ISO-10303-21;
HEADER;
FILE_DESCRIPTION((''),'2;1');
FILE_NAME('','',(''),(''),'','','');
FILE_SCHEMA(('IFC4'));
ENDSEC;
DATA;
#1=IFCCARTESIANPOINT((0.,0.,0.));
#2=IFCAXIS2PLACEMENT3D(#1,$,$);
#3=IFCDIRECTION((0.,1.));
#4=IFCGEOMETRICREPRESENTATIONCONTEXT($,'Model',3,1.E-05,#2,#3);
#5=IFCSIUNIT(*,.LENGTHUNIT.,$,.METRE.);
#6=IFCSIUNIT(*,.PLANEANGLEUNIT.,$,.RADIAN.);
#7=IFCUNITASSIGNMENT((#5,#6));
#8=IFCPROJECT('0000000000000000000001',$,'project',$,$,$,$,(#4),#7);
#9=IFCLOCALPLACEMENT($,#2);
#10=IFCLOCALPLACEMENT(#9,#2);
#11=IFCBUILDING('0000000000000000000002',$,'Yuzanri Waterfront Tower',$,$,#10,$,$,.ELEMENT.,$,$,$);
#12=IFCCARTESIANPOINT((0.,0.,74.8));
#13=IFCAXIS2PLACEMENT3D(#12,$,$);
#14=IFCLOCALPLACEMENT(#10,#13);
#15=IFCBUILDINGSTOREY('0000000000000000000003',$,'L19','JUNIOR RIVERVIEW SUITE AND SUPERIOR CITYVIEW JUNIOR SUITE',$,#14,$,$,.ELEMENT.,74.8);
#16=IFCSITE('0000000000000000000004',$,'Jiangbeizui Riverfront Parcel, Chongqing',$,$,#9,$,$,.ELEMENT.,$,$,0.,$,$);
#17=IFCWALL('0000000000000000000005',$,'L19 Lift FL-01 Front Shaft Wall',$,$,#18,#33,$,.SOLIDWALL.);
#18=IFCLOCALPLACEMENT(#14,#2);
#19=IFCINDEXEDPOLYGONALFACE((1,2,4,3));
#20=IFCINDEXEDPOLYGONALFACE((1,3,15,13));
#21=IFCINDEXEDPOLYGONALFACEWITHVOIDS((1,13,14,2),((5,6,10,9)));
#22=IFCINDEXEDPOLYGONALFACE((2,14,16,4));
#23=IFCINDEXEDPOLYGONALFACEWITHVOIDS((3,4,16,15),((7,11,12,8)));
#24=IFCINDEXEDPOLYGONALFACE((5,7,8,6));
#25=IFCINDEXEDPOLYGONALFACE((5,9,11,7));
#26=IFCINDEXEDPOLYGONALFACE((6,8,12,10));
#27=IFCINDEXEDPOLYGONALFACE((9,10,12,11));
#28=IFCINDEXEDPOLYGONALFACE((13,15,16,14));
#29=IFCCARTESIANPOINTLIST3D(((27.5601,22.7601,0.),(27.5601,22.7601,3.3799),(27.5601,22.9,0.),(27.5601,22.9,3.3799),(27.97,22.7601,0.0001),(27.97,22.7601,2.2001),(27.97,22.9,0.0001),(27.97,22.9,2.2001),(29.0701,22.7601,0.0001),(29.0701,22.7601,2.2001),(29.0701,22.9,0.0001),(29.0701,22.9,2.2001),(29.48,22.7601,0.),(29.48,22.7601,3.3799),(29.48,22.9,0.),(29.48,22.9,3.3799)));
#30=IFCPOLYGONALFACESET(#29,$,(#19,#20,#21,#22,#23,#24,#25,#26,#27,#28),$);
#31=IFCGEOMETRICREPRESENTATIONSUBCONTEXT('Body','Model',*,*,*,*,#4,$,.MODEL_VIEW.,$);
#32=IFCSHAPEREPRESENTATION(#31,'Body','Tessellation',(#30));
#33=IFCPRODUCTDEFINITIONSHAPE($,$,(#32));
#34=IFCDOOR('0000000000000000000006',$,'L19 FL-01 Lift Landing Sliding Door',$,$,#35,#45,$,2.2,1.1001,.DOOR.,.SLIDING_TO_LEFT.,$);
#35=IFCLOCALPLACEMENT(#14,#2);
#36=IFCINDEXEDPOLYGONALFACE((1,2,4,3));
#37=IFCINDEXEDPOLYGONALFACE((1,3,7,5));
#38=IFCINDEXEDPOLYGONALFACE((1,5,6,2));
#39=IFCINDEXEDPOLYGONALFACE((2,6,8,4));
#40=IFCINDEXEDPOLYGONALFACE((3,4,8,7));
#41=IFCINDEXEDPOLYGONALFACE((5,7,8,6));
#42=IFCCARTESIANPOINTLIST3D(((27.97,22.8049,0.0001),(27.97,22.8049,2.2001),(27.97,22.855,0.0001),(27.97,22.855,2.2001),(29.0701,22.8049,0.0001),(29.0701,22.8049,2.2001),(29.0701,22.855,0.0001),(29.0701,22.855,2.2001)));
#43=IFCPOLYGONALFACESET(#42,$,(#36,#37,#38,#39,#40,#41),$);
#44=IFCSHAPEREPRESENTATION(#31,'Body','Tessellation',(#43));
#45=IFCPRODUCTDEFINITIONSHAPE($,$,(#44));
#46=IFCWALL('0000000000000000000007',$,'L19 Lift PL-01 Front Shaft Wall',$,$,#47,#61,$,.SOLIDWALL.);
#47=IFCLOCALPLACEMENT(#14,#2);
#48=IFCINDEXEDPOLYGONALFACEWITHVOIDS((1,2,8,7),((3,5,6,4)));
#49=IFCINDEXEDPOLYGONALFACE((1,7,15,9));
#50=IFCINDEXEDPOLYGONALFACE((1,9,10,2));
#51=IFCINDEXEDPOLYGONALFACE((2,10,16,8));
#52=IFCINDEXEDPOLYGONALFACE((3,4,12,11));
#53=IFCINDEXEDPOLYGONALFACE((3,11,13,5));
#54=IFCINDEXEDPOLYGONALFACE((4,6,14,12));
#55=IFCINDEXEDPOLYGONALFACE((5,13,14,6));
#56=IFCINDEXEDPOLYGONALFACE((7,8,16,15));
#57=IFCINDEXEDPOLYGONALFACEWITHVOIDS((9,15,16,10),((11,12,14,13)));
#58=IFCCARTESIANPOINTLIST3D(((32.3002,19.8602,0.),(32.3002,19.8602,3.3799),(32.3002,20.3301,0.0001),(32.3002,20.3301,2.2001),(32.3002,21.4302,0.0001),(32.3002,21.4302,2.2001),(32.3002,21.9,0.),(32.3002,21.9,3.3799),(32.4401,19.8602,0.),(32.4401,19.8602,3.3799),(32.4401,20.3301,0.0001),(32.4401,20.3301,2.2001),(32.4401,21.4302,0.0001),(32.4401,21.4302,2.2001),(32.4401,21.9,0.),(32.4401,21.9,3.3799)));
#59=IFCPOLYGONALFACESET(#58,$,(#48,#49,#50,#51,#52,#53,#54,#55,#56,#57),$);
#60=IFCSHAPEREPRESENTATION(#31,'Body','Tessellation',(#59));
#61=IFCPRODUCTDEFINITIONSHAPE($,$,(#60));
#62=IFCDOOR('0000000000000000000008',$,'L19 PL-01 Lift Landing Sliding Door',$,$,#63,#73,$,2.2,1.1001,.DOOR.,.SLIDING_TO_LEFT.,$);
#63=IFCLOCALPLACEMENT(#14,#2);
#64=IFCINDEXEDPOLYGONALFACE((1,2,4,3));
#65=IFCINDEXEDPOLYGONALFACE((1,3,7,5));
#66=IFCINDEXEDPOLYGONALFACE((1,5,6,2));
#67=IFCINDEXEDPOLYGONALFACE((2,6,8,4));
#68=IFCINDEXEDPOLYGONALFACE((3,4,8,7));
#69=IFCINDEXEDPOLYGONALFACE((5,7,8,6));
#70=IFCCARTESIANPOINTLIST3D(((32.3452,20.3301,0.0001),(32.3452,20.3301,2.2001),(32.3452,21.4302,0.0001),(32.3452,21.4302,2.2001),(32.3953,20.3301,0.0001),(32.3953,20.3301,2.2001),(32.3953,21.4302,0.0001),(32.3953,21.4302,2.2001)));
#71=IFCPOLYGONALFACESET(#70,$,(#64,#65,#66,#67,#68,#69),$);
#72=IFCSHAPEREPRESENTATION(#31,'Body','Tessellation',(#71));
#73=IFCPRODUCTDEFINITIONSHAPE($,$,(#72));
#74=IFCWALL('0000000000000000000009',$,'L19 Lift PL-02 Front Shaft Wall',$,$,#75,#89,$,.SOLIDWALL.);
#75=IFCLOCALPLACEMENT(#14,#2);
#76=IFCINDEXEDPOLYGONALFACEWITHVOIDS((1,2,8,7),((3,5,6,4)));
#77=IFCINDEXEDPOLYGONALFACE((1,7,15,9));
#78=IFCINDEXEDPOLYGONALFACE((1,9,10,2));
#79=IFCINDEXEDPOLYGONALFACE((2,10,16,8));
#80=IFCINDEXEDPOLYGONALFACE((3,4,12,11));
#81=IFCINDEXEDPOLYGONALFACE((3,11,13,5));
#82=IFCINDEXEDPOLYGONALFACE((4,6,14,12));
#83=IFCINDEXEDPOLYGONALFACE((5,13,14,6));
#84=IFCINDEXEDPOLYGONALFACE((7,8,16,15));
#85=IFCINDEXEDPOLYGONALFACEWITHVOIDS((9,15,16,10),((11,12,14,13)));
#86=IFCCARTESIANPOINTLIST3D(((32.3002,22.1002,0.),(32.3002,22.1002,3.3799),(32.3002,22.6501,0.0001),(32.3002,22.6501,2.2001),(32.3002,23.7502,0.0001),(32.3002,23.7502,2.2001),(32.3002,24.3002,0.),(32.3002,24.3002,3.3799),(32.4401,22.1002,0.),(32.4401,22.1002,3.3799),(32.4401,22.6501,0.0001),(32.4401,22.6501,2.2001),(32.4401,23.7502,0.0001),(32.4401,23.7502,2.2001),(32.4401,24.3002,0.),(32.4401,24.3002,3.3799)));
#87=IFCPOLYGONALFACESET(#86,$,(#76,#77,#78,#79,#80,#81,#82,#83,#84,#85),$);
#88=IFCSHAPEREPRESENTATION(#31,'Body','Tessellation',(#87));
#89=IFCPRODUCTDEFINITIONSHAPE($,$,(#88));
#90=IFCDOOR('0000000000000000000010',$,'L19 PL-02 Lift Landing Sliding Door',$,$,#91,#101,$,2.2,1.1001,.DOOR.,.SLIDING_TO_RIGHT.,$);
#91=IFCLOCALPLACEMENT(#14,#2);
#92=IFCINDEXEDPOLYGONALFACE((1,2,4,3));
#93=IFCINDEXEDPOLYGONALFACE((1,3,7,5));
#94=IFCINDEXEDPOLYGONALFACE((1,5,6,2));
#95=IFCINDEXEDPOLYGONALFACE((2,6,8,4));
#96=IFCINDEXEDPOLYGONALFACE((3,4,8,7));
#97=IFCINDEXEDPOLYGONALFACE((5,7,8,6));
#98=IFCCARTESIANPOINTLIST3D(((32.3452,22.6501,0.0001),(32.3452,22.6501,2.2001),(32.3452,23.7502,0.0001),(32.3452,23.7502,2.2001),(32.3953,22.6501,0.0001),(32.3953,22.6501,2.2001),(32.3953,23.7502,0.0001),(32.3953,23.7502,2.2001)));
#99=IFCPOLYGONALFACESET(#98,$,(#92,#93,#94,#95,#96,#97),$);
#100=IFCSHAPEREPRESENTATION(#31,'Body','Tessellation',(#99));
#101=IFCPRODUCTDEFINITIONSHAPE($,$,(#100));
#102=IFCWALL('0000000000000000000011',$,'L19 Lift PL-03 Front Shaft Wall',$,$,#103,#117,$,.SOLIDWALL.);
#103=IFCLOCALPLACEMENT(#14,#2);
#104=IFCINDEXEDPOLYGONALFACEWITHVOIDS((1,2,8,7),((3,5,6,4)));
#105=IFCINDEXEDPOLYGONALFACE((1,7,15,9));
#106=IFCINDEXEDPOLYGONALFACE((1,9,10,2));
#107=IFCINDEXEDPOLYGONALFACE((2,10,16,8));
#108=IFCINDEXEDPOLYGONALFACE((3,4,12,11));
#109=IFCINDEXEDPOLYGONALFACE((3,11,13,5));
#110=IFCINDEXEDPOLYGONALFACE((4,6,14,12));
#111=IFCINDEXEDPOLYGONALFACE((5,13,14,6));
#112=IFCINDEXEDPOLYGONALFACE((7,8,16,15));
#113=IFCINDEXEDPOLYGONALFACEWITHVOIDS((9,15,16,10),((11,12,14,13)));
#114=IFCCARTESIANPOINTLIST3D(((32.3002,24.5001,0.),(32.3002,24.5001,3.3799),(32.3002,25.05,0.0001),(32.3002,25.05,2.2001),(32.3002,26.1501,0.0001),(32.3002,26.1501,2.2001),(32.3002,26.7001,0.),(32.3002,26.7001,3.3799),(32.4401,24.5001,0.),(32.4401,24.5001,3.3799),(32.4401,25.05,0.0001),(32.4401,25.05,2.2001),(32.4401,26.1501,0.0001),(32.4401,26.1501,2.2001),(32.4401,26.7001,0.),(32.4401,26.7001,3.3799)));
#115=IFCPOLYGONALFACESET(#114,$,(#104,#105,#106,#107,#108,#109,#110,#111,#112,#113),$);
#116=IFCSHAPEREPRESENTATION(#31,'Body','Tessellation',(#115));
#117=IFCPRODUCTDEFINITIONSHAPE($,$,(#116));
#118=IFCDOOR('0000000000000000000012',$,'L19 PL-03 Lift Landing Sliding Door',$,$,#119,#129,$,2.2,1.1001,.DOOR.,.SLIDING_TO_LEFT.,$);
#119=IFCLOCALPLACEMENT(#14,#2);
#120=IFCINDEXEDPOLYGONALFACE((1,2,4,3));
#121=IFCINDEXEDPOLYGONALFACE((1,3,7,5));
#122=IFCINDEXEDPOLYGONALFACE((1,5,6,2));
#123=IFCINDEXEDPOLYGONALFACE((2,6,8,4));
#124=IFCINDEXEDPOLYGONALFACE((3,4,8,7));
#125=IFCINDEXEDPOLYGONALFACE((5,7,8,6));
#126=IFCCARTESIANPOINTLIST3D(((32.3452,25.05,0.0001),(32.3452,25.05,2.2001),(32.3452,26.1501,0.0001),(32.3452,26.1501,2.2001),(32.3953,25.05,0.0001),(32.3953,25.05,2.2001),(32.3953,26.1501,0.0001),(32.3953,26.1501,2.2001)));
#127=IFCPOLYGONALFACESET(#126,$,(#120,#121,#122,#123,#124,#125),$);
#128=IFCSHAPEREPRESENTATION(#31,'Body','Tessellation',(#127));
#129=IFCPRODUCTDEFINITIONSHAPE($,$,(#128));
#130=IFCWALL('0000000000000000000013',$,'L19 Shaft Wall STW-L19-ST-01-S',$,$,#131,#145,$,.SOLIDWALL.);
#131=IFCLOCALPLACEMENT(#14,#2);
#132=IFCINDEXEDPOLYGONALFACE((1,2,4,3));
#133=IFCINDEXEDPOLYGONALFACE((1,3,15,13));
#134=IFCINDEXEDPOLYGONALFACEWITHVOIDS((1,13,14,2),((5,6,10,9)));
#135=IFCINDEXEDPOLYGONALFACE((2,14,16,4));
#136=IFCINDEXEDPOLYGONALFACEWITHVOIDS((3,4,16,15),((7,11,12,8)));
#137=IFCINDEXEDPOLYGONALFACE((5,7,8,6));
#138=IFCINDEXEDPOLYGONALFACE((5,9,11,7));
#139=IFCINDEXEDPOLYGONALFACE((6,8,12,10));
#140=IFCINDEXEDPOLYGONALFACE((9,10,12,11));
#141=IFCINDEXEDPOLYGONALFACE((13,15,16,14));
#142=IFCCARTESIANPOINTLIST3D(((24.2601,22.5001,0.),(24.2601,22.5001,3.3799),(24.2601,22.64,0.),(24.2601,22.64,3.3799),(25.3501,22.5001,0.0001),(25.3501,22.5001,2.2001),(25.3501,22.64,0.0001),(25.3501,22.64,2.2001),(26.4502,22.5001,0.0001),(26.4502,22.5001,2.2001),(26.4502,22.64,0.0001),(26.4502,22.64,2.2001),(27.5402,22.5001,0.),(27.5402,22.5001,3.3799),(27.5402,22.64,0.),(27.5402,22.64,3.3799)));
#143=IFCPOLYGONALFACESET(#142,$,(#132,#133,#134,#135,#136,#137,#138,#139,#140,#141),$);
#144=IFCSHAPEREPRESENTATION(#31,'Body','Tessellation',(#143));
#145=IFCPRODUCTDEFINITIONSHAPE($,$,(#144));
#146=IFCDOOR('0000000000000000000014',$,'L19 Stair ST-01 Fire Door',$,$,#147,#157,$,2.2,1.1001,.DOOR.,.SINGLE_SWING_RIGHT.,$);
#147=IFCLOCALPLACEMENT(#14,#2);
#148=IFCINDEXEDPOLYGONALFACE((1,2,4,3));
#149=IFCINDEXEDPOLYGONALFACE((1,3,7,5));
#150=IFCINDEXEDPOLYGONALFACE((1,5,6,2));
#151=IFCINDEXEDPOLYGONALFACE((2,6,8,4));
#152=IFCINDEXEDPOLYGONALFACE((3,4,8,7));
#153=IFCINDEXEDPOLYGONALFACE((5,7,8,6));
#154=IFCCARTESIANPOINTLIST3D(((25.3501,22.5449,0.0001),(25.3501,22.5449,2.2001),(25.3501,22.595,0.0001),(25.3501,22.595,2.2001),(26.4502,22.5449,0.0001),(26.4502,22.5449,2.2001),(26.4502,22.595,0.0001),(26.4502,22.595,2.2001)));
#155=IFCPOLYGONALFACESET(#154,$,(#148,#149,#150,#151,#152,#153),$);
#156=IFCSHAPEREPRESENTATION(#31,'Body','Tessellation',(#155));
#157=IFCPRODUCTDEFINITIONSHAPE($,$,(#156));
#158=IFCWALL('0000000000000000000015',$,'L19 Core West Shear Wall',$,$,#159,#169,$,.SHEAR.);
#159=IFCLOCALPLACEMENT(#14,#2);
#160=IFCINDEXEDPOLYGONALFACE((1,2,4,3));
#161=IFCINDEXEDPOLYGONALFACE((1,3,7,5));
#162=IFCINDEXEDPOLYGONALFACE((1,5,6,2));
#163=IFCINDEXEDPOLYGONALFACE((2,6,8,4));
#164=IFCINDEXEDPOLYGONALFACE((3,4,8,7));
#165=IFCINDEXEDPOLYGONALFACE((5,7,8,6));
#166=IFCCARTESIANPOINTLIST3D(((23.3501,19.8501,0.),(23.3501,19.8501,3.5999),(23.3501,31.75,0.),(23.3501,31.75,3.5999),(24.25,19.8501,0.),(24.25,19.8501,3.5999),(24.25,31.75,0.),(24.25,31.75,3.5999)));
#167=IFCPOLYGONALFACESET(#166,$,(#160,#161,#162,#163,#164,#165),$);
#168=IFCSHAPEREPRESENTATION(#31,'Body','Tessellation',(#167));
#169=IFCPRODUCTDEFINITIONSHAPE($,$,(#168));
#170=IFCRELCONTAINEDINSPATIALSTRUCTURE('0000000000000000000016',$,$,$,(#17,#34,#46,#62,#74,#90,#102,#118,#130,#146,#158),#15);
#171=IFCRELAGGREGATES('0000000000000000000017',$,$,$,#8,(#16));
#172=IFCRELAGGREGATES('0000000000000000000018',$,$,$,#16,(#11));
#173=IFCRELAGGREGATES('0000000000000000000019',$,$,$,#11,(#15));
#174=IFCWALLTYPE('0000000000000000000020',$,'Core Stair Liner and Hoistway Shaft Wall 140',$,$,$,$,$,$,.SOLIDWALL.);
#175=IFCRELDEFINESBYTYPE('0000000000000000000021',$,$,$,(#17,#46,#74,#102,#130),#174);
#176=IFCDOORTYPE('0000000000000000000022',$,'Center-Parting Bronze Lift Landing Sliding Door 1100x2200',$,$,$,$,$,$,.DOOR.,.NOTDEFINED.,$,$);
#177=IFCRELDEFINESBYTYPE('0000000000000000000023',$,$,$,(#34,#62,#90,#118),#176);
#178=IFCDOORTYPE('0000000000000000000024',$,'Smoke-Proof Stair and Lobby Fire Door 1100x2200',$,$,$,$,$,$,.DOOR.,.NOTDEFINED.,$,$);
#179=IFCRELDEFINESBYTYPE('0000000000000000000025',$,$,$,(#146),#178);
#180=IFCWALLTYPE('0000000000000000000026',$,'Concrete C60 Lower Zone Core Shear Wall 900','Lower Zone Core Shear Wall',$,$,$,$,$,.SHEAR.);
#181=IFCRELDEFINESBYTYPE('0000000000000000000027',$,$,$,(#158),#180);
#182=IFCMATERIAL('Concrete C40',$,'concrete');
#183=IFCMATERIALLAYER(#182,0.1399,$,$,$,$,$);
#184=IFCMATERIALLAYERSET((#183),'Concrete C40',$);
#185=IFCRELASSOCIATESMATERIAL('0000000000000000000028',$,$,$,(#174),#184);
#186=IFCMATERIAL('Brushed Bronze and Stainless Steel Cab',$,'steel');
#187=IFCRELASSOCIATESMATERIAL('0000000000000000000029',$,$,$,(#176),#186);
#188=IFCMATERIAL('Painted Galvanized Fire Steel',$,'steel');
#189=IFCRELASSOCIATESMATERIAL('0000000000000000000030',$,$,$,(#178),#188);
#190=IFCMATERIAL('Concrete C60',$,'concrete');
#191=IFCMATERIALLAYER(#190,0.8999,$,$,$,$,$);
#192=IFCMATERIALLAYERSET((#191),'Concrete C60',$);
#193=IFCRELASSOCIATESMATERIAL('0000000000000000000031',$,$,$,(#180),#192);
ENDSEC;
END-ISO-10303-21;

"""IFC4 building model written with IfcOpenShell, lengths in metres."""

from ifc_helpers import new_model, si_unit, direction, frame, frame_2d, origin, place, context, subcontext, project, spatial, rectangle, extrude, source, transform, mapped, material, layer, layer_set, type_object, element, fill, save


model = new_model("IFC4")

# Units and contexts
model_context = context("Model", 3, precision=1e-05, world=origin(), true_north=direction((0.0, 1.0)))
body_context = subcontext(model_context, "Body", "Model", "MODEL_VIEW")
ifc_project = project(units=[si_unit("LENGTHUNIT", "METRE"), si_unit("PLANEANGLEUNIT", "RADIAN")], contexts=[model_context])

# Site, building, storey
site_placement = place(None, origin())
site = spatial("IfcSite", under=ifc_project, at=site_placement, Name="Jiangbeizui Riverfront Parcel, Chongqing", CompositionType="ELEMENT", RefElevation=0.0)
building_placement = place(site_placement, origin())
building = spatial("IfcBuilding", under=site, at=building_placement, Name="Yuzanri Waterfront Tower", CompositionType="ELEMENT")
storey_placement = place(building_placement, frame((0.0, 0.0, 74.8)))
storey = spatial("IfcBuildingStorey", under=building, at=storey_placement, Name="L19", Description="JUNIOR RIVERVIEW SUITE AND SUPERIOR CITYVIEW JUNIOR SUITE", CompositionType="ELEMENT", Elevation=74.8)

# Walls, openings, doors
ifc_material_1 = material(Name="Concrete C40", Category="concrete")
ifc_layer_1 = layer(ifc_material_1, 0.1399)
ifc_layer_set_1 = layer_set([ifc_layer_1], Name="Concrete C40")
wall_type_1 = type_object("IfcWallType", Name="Core Stair Liner and Hoistway Shaft Wall 140", PredefinedType="SOLIDWALL", material=ifc_layer_set_1)
wall_1_placement = place(storey_placement, frame((27.5601, 22.8301, 0.0), z_axis=(0.0, 0.0, 1.0), x_axis=(1.0, 0.0, 0.0)))
wall_1 = element("IfcWall", 1, at=wall_1_placement, inside=storey, type_object=wall_type_1, Name="L19 Lift FL-01 Front Shaft Wall", PredefinedType="SOLIDWALL", context=body_context, shape_type="SweptSolid", body=[
    extrude(rectangle(XDim=1.9199, YDim=0.1399, at=frame_2d((0.96, 0.0))), origin(), (0.0, 0.0, 1.0), 3.3799),
])
opening_1_placement = place(wall_1_placement, frame((0.4099, 0.0, 0.0)))
opening_1 = element("IfcOpeningElement", 2, at=opening_1_placement, cuts=wall_1, PredefinedType="OPENING", context=body_context, shape_type="SweptSolid", body=[
    extrude(rectangle(XDim=1.1001, YDim=2.2, at=frame_2d((0.55, 1.1001))), frame((0.0, 0.085, 0.0), z_axis=(0.0, -1.0, 0.0), x_axis=(1.0, 0.0, 0.0)), (0.0, 0.0, 1.0), 0.1697),
])
ifc_material_2 = material(Name="Brushed Bronze and Stainless Steel Cab", Category="steel")
door_type_1 = type_object("IfcDoorType", Name="Center-Parting Bronze Lift Landing Sliding Door 1100x2200", OperationType="NOTDEFINED", PredefinedType="DOOR", material=ifc_material_2)
shared_shape_1 = source(origin(), body_context, "Body", "SweptSolid", [
    extrude(rectangle(XDim=1.1001, YDim=2.2, at=frame_2d((0.55, 1.1001))), frame((0.0, 0.0249, 0.0), z_axis=(0.0, -1.0, 0.0), x_axis=(1.0, 0.0, 0.0)), (0.0, 0.0, 1.0), 0.05),
])
door_1_placement = place(opening_1_placement, origin())
door_1 = element("IfcDoor", 3, at=door_1_placement, inside=storey, type_object=door_type_1, Name="L19 FL-01 Lift Landing Sliding Door", OperationType="SLIDING_TO_LEFT", OverallHeight=2.2, OverallWidth=1.1001, PredefinedType="DOOR", context=body_context, shape_type="MappedRepresentation", body=[
    mapped(shared_shape_1, transform((0.0, 0.0, 0.0), scale=1.0)),
])
fill(opening_1, door_1)
wall_2_placement = place(storey_placement, frame((32.3701, 19.8601, 0.0), z_axis=(0.0, 0.0, 1.0), x_axis=(0.0, 1.0, 0.0)))
wall_2 = element("IfcWall", 4, at=wall_2_placement, inside=storey, type_object=wall_type_1, Name="L19 Lift PL-01 Front Shaft Wall", PredefinedType="SOLIDWALL", context=body_context, shape_type="SweptSolid", body=[
    extrude(rectangle(XDim=2.0398, YDim=0.1399, at=frame_2d((1.02, 0.0))), origin(), (0.0, 0.0, 1.0), 3.3799),
])
opening_2_placement = place(wall_2_placement, frame((0.47, 0.0, 0.0)))
opening_2 = element("IfcOpeningElement", 5, at=opening_2_placement, cuts=wall_2, PredefinedType="OPENING", context=body_context, shape_type="SweptSolid", body=[
    extrude(rectangle(XDim=1.1001, YDim=2.2, at=frame_2d((0.55, 1.1001))), frame((0.0, 0.085, 0.0), z_axis=(0.0, -1.0, 0.0), x_axis=(1.0, 0.0, 0.0)), (0.0, 0.0, 1.0), 0.1697),
])
door_2_placement = place(opening_2_placement, origin())
door_2 = element("IfcDoor", 6, at=door_2_placement, inside=storey, type_object=door_type_1, Name="L19 PL-01 Lift Landing Sliding Door", OperationType="SLIDING_TO_LEFT", OverallHeight=2.2, OverallWidth=1.1001, PredefinedType="DOOR", context=body_context, shape_type="MappedRepresentation", body=[
    mapped(shared_shape_1, transform((0.0, 0.0, 0.0), scale=1.0)),
])
fill(opening_2, door_2)
wall_3_placement = place(storey_placement, frame((32.3701, 22.1001, 0.0), z_axis=(0.0, 0.0, 1.0), x_axis=(0.0, 1.0, 0.0)))
wall_3 = element("IfcWall", 7, at=wall_3_placement, inside=storey, type_object=wall_type_1, Name="L19 Lift PL-02 Front Shaft Wall", PredefinedType="SOLIDWALL", context=body_context, shape_type="SweptSolid", body=[
    extrude(rectangle(XDim=2.2, YDim=0.1399, at=frame_2d((1.1001, 0.0))), origin(), (0.0, 0.0, 1.0), 3.3799),
])
opening_3_placement = place(wall_3_placement, frame((0.55, 0.0, 0.0)))
opening_3 = element("IfcOpeningElement", 8, at=opening_3_placement, cuts=wall_3, PredefinedType="OPENING", context=body_context, shape_type="SweptSolid", body=[
    extrude(rectangle(XDim=1.1001, YDim=2.2, at=frame_2d((0.55, 1.1001))), frame((0.0, 0.085, 0.0), z_axis=(0.0, -1.0, 0.0), x_axis=(1.0, 0.0, 0.0)), (0.0, 0.0, 1.0), 0.1697),
])
door_3_placement = place(opening_3_placement, origin())
door_3 = element("IfcDoor", 9, at=door_3_placement, inside=storey, type_object=door_type_1, Name="L19 PL-02 Lift Landing Sliding Door", OperationType="SLIDING_TO_RIGHT", OverallHeight=2.2, OverallWidth=1.1001, PredefinedType="DOOR", context=body_context, shape_type="MappedRepresentation", body=[
    mapped(shared_shape_1, transform((0.0, 0.0, 0.0), scale=1.0)),
])
fill(opening_3, door_3)
wall_4_placement = place(storey_placement, frame((32.3701, 24.5, 0.0), z_axis=(0.0, 0.0, 1.0), x_axis=(0.0, 1.0, 0.0)))
wall_4 = element("IfcWall", 10, at=wall_4_placement, inside=storey, type_object=wall_type_1, Name="L19 Lift PL-03 Front Shaft Wall", PredefinedType="SOLIDWALL", context=body_context, shape_type="SweptSolid", body=[
    extrude(rectangle(XDim=2.2, YDim=0.1399, at=frame_2d((1.1001, 0.0))), origin(), (0.0, 0.0, 1.0), 3.3799),
])
opening_4_placement = place(wall_4_placement, frame((0.55, 0.0, 0.0)))
opening_4 = element("IfcOpeningElement", 11, at=opening_4_placement, cuts=wall_4, PredefinedType="OPENING", context=body_context, shape_type="SweptSolid", body=[
    extrude(rectangle(XDim=1.1001, YDim=2.2, at=frame_2d((0.55, 1.1001))), frame((0.0, 0.085, 0.0), z_axis=(0.0, -1.0, 0.0), x_axis=(1.0, 0.0, 0.0)), (0.0, 0.0, 1.0), 0.1697),
])
door_4_placement = place(opening_4_placement, origin())
door_4 = element("IfcDoor", 12, at=door_4_placement, inside=storey, type_object=door_type_1, Name="L19 PL-03 Lift Landing Sliding Door", OperationType="SLIDING_TO_LEFT", OverallHeight=2.2, OverallWidth=1.1001, PredefinedType="DOOR", context=body_context, shape_type="MappedRepresentation", body=[
    mapped(shared_shape_1, transform((0.0, 0.0, 0.0), scale=1.0)),
])
fill(opening_4, door_4)
wall_5_placement = place(storey_placement, frame((24.26, 22.5701, 0.0), z_axis=(0.0, 0.0, 1.0), x_axis=(1.0, 0.0, 0.0)))
wall_5 = element("IfcWall", 13, at=wall_5_placement, inside=storey, type_object=wall_type_1, Name="L19 Shaft Wall STW-L19-ST-01-S", PredefinedType="SOLIDWALL", context=body_context, shape_type="SweptSolid", body=[
    extrude(rectangle(XDim=3.28, YDim=0.1399, at=frame_2d((1.6401, 0.0))), origin(), (0.0, 0.0, 1.0), 3.3799),
])
opening_5_placement = place(wall_5_placement, frame((1.0901, 0.0, 0.0)))
opening_5 = element("IfcOpeningElement", 14, at=opening_5_placement, cuts=wall_5, PredefinedType="OPENING", context=body_context, shape_type="SweptSolid", body=[
    extrude(rectangle(XDim=1.1001, YDim=2.2, at=frame_2d((0.55, 1.1001))), frame((0.0, 0.085, 0.0), z_axis=(0.0, -1.0, 0.0), x_axis=(1.0, 0.0, 0.0)), (0.0, 0.0, 1.0), 0.1697),
])
ifc_material_3 = material(Name="Painted Galvanized Fire Steel", Category="steel")
door_type_2 = type_object("IfcDoorType", Name="Smoke-Proof Stair and Lobby Fire Door 1100x2200", OperationType="NOTDEFINED", PredefinedType="DOOR", material=ifc_material_3)
shared_shape_2 = source(origin(), body_context, "Body", "SweptSolid", [
    extrude(rectangle(XDim=1.1001, YDim=2.2, at=frame_2d((0.55, 1.1001))), frame((0.0, 0.0249, 0.0), z_axis=(0.0, -1.0, 0.0), x_axis=(1.0, 0.0, 0.0)), (0.0, 0.0, 1.0), 0.05),
])
door_5_placement = place(opening_5_placement, origin())
door_5 = element("IfcDoor", 15, at=door_5_placement, inside=storey, type_object=door_type_2, Name="L19 Stair ST-01 Fire Door", OperationType="SINGLE_SWING_RIGHT", OverallHeight=2.2, OverallWidth=1.1001, PredefinedType="DOOR", context=body_context, shape_type="MappedRepresentation", body=[
    mapped(shared_shape_2, transform((0.0, 0.0, 0.0), scale=1.0)),
])
fill(opening_5, door_5)

# Wall
ifc_material_4 = material(Name="Concrete C60", Category="concrete")
ifc_layer_2 = layer(ifc_material_4, 0.8999)
ifc_layer_set_2 = layer_set([ifc_layer_2], Name="Concrete C60")
wall_type_2 = type_object("IfcWallType", Name="Concrete C60 Lower Zone Core Shear Wall 900", Description="Lower Zone Core Shear Wall", PredefinedType="SHEAR", material=ifc_layer_set_2)
shared_shape_3 = source(origin(), body_context, "Body", "SweptSolid", [
    extrude(rectangle(XDim=11.8999, YDim=0.8999, at=frame_2d((5.95, 0.0))), origin(), (0.0, 0.0, 1.0), 3.5999),
])
wall_6_placement = place(storey_placement, frame((23.8, 19.8501, 0.0), z_axis=(0.0, 0.0, 1.0), x_axis=(0.0, 1.0, 0.0)))
element("IfcWall", 16, at=wall_6_placement, inside=storey, type_object=wall_type_2, Name="L19 Core West Shear Wall", PredefinedType="SHEAR", context=body_context, shape_type="MappedRepresentation", body=[
    mapped(shared_shape_3, transform((0.0, 0.0, 0.0), scale=1.0)),
])

save(model, "model.ifc")
